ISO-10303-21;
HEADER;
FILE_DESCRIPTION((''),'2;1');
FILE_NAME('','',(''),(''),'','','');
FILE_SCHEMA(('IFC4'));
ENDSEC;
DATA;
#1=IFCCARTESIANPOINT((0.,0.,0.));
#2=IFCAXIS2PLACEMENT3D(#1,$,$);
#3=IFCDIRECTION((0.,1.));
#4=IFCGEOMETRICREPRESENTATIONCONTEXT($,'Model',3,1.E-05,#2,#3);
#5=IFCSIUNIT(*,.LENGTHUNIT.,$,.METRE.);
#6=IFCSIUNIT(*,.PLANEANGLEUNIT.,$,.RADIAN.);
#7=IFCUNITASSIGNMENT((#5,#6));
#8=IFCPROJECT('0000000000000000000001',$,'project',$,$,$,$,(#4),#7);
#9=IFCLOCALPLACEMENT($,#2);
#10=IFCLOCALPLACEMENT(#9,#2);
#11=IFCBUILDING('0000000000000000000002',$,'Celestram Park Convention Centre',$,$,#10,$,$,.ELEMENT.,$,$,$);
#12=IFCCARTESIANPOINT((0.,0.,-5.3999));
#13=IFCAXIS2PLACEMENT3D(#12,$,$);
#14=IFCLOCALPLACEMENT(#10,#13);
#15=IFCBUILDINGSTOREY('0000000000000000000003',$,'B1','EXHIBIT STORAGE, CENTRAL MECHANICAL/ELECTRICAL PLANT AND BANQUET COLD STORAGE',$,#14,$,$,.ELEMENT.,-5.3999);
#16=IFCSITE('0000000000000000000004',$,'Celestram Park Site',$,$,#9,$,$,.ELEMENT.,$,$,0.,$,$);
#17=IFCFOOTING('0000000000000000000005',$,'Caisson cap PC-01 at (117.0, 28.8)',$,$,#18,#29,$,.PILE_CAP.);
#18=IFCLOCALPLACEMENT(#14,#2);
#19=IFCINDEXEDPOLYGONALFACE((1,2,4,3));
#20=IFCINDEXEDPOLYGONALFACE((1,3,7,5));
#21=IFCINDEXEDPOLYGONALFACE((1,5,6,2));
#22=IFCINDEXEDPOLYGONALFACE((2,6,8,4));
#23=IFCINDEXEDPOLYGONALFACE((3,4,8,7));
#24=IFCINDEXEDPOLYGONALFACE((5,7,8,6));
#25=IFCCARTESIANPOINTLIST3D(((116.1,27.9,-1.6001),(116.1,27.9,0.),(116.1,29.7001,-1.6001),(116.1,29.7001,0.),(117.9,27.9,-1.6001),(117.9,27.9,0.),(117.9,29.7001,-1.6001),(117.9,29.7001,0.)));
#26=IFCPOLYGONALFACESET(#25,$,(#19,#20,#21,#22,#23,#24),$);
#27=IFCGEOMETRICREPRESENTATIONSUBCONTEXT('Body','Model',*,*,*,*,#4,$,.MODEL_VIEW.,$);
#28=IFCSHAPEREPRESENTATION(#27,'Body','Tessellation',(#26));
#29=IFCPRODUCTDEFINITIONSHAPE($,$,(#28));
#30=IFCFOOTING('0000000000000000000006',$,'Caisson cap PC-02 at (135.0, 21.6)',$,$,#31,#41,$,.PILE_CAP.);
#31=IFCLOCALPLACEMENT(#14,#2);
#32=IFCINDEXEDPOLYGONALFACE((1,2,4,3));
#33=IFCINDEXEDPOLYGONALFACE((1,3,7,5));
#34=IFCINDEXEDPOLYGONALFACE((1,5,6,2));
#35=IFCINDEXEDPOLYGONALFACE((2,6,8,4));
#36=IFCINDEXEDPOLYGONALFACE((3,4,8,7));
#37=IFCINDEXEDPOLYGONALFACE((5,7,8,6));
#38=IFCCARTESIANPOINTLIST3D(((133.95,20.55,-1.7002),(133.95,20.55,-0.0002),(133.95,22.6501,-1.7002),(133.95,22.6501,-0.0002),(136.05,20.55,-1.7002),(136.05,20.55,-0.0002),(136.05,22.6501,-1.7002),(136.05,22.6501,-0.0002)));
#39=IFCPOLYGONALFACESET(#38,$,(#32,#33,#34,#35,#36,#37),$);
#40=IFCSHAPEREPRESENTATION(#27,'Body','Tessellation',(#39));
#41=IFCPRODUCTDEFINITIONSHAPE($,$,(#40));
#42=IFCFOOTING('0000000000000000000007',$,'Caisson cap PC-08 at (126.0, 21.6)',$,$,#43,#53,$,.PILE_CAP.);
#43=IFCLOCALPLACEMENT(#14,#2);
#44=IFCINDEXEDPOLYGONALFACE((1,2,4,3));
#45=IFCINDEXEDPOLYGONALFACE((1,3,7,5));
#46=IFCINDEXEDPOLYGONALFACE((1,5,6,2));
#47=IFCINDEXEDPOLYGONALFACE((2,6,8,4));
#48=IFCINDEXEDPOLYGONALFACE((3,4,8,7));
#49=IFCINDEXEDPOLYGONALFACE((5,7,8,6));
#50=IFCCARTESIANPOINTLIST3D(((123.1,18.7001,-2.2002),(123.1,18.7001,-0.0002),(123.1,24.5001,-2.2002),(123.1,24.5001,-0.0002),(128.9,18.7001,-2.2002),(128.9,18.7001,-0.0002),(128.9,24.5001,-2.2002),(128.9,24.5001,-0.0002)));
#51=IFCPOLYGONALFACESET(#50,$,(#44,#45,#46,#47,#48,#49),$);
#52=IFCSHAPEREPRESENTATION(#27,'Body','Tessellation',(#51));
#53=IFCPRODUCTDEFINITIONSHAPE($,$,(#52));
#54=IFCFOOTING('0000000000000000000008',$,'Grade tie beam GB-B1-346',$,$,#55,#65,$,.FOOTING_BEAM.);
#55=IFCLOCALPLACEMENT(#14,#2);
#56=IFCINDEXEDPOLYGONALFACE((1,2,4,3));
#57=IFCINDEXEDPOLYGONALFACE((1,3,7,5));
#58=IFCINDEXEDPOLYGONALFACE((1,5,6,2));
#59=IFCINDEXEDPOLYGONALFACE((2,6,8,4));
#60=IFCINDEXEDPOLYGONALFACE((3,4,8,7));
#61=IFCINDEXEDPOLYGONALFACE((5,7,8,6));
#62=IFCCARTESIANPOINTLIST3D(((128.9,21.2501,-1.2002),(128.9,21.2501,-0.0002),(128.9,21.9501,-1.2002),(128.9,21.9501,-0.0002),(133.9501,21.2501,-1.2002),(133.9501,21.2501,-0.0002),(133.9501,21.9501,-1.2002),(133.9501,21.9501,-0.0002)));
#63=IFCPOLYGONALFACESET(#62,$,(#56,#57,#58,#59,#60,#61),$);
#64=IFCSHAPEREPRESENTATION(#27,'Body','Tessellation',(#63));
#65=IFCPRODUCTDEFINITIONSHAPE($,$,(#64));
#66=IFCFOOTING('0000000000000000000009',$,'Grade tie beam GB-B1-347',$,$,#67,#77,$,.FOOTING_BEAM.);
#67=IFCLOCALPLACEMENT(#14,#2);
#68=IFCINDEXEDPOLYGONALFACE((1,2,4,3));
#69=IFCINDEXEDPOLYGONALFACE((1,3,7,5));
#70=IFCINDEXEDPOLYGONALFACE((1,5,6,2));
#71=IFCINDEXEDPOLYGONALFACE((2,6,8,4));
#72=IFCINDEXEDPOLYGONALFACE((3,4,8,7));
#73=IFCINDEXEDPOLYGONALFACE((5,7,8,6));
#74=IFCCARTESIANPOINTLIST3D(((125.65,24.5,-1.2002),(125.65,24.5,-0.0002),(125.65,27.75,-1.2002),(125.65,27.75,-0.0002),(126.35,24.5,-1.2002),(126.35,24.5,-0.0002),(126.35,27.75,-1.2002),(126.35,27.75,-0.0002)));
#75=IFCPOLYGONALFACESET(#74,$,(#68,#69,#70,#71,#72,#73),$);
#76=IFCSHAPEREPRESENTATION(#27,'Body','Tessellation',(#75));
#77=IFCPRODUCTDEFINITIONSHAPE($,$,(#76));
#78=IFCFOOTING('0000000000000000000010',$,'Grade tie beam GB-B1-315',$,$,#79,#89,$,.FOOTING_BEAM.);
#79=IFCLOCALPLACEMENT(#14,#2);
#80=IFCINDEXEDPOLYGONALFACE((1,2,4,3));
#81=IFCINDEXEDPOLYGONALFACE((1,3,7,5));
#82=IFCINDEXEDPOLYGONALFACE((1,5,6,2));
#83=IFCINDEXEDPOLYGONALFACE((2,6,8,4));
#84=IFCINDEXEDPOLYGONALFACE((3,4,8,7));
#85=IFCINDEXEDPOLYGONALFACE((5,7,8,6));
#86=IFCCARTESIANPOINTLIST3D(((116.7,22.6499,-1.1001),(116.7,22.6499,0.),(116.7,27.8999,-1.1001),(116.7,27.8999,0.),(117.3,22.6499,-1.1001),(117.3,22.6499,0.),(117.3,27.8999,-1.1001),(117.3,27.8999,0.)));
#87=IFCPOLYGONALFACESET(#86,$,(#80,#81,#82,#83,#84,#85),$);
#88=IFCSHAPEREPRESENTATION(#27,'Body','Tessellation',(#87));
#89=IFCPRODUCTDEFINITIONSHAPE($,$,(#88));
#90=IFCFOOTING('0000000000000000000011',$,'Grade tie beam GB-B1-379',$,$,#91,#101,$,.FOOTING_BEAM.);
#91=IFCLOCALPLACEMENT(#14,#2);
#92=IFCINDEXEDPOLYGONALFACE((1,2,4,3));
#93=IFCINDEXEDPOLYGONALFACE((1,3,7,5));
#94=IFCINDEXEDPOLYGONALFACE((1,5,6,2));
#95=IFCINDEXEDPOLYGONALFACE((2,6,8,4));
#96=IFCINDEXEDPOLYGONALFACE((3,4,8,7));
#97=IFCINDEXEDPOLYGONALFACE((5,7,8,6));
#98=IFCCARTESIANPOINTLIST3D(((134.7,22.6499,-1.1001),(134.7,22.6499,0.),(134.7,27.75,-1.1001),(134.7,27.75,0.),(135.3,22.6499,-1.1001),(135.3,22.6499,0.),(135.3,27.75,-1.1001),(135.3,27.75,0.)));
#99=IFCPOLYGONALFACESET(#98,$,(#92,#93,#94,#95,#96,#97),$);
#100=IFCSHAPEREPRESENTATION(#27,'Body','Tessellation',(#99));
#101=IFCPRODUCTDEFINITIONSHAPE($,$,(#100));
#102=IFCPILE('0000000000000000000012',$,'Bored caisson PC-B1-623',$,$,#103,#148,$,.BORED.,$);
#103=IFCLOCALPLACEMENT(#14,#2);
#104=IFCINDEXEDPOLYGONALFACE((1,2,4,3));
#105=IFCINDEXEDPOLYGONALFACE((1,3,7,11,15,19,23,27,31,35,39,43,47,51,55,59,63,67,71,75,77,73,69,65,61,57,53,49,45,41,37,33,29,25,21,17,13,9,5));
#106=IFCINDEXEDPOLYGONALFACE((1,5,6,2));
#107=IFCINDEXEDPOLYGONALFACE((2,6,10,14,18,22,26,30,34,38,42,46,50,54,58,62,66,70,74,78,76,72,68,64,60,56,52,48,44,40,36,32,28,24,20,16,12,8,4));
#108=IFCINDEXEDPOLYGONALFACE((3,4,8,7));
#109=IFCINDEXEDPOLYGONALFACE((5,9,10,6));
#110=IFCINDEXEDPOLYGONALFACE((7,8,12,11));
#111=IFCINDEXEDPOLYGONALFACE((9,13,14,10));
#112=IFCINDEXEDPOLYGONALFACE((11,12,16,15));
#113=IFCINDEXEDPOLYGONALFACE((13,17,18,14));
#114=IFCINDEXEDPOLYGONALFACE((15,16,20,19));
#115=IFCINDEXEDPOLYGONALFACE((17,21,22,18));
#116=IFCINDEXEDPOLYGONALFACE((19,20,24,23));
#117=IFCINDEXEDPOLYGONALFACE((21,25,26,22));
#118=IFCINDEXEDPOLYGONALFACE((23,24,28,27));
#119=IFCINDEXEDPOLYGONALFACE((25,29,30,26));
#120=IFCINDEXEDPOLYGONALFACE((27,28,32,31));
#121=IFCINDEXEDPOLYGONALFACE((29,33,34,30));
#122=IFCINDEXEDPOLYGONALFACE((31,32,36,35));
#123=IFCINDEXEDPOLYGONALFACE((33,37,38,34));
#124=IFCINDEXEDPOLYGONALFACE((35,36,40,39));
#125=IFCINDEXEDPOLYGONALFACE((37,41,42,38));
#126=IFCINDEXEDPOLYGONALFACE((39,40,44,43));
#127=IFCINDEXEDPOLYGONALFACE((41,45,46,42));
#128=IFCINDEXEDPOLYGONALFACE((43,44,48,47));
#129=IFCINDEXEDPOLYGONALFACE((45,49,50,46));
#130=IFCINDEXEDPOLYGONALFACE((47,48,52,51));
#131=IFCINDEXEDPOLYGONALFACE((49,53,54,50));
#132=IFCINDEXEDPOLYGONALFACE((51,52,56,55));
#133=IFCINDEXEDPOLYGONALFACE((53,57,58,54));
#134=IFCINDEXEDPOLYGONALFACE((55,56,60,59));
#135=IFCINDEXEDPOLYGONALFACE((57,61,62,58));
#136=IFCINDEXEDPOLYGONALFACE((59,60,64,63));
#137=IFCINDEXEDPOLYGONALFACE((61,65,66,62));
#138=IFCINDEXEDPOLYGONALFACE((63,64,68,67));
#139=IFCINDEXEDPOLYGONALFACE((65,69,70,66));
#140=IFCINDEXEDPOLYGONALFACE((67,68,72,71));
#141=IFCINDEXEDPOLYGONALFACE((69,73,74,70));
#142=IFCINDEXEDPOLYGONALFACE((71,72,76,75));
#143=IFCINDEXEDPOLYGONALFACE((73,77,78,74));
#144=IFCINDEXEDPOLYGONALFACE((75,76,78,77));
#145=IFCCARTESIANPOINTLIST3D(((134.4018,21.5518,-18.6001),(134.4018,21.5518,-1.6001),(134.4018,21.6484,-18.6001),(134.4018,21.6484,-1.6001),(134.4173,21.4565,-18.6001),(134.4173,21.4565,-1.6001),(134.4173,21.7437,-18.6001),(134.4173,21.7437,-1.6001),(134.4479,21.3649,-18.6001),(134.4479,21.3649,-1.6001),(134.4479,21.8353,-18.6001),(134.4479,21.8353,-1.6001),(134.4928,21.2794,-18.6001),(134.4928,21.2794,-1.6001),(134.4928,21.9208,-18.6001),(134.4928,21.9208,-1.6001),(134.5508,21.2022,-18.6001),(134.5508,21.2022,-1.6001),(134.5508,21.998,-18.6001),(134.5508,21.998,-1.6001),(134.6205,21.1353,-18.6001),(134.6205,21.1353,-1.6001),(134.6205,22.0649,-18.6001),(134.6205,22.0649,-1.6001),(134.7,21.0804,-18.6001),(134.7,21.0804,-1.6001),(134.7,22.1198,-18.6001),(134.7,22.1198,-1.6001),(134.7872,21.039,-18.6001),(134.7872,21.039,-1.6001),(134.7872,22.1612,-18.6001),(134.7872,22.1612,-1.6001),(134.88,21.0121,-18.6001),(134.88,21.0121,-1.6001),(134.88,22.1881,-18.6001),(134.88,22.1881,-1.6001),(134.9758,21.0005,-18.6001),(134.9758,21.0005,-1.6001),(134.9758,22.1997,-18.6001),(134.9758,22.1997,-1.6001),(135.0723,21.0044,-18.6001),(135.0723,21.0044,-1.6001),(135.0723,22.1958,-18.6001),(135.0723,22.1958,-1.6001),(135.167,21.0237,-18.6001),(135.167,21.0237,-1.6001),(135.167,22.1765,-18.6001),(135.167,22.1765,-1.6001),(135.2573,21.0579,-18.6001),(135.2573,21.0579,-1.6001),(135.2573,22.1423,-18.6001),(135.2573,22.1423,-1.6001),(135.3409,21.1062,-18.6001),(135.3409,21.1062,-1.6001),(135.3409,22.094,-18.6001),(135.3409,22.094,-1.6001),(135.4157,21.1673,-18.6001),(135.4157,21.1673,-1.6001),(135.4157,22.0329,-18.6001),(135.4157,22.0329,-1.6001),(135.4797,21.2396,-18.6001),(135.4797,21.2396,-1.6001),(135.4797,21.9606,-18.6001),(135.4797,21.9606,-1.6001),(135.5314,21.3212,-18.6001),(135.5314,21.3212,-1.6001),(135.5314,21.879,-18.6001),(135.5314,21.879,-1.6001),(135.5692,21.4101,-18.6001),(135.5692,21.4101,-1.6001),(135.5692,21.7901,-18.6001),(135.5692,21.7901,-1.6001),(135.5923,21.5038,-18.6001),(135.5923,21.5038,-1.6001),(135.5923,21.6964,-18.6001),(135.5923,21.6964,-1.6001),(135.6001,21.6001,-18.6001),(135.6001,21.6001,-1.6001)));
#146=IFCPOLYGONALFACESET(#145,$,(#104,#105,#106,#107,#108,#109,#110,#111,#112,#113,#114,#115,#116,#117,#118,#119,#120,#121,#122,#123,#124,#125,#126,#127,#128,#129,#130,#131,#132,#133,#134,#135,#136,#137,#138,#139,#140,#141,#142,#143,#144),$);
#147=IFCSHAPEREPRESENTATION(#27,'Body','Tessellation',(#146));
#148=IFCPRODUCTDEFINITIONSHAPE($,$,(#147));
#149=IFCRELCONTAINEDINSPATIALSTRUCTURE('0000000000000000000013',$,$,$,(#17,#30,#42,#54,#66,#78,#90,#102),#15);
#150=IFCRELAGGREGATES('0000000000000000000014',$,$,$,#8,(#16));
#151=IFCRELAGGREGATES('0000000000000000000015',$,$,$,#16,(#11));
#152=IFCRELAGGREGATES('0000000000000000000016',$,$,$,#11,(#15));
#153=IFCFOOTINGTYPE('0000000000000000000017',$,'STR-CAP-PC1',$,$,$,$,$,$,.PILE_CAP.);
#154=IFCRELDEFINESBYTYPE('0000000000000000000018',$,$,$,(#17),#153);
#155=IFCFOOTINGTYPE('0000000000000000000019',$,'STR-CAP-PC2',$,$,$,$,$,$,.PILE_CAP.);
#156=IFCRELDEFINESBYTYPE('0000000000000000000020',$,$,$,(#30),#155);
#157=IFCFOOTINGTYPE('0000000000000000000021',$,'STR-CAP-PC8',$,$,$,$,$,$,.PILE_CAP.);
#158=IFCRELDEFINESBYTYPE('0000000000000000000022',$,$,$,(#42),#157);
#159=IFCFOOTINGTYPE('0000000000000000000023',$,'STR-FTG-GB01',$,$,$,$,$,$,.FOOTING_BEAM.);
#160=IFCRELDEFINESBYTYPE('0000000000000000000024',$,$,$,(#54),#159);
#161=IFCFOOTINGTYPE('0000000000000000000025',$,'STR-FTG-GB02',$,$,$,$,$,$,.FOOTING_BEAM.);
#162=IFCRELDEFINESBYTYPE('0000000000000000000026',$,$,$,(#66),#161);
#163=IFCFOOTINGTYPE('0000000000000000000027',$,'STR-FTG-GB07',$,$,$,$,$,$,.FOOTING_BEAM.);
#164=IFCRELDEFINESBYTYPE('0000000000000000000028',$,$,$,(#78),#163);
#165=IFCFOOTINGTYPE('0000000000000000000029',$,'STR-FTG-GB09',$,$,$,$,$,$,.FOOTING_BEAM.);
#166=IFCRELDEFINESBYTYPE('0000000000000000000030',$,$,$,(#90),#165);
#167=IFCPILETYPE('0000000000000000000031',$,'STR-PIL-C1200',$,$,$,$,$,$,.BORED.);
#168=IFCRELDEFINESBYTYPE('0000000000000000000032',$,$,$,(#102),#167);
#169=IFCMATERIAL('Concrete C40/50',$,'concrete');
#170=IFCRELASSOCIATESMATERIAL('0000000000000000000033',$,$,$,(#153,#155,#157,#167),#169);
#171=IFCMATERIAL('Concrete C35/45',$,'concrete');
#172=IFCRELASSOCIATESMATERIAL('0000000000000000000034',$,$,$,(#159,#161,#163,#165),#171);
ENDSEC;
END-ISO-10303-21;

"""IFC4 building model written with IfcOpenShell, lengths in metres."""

from ifc_helpers import new_model, si_unit, direction, frame, origin, origin_2d, place, context, subcontext, project, spatial, rectangle, circle, extrude, material, material_profile, profile_set, type_object, element, save


model = new_model("IFC4")

# Units and contexts
model_context = context("Model", 3, precision=1e-05, world=origin(), true_north=direction((0.0, 1.0)))
body_context = subcontext(model_context, "Body", "Model", "MODEL_VIEW")
ifc_project = project(units=[si_unit("LENGTHUNIT", "METRE"), si_unit("PLANEANGLEUNIT", "RADIAN")], contexts=[model_context])

# Site, building, storey
site_placement = place(None, origin())
site = spatial("IfcSite", under=ifc_project, at=site_placement, Name="Celestram Park Site", CompositionType="ELEMENT", RefElevation=0.0)
building_placement = place(site_placement, origin())
building = spatial("IfcBuilding", under=site, at=building_placement, Name="Celestram Park Convention Centre", CompositionType="ELEMENT")
storey_placement = place(building_placement, frame((0.0, 0.0, -5.3999)))
storey = spatial("IfcBuildingStorey", under=building, at=storey_placement, Name="B1", Description="EXHIBIT STORAGE, CENTRAL MECHANICAL/ELECTRICAL PLANT AND BANQUET COLD STORAGE", CompositionType="ELEMENT", Elevation=-5.3999)

# Footings
ifc_material_1 = material(Name="Concrete C40/50", Category="concrete")
footing_type_1 = type_object("IfcFootingType", Name="STR-CAP-PC1", PredefinedType="PILE_CAP", material=ifc_material_1)
footing_1_placement = place(storey_placement, frame((117.0, 28.8, -1.6001), z_axis=(0.0, 0.0, 1.0), x_axis=(1.0, 0.0, 0.0)))
element("IfcFooting", 1, at=footing_1_placement, inside=storey, type_object=footing_type_1, Name="Caisson cap PC-01 at (117.0, 28.8)", PredefinedType="PILE_CAP", context=body_context, shape_type="SweptSolid", body=[
    extrude(rectangle(XDim=1.8, YDim=1.8, at=origin_2d()), origin(), (0.0, 0.0, 1.0), 1.6001),
])
footing_type_2 = type_object("IfcFootingType", Name="STR-CAP-PC2", PredefinedType="PILE_CAP", material=ifc_material_1)
footing_2_placement = place(storey_placement, frame((135.0, 21.6001, -1.7002), z_axis=(0.0, 0.0, 1.0), x_axis=(1.0, 0.0, 0.0)))
element("IfcFooting", 2, at=footing_2_placement, inside=storey, type_object=footing_type_2, Name="Caisson cap PC-02 at (135.0, 21.6)", PredefinedType="PILE_CAP", context=body_context, shape_type="SweptSolid", body=[
    extrude(rectangle(XDim=2.1001, YDim=2.1001, at=origin_2d()), origin(), (0.0, 0.0, 1.0), 1.7),
])
footing_type_3 = type_object("IfcFootingType", Name="STR-CAP-PC8", PredefinedType="PILE_CAP", material=ifc_material_1)
footing_3_placement = place(storey_placement, frame((126.0, 21.6001, -2.2002), z_axis=(0.0, 0.0, 1.0), x_axis=(1.0, 0.0, 0.0)))
element("IfcFooting", 3, at=footing_3_placement, inside=storey, type_object=footing_type_3, Name="Caisson cap PC-08 at (126.0, 21.6)", PredefinedType="PILE_CAP", context=body_context, shape_type="SweptSolid", body=[
    extrude(rectangle(XDim=5.8, YDim=5.8, at=origin_2d()), origin(), (0.0, 0.0, 1.0), 2.2),
])
ifc_material_2 = material(Name="Concrete C35/45", Category="concrete")
footing_type_4 = type_object("IfcFootingType", Name="STR-FTG-GB01", PredefinedType="FOOTING_BEAM", material=ifc_material_2)
footing_4_placement = place(storey_placement, frame((131.425, 21.6001, -1.2002), z_axis=(0.0, 0.0, 1.0), x_axis=(1.0, 0.0, 0.0)))
element("IfcFooting", 4, at=footing_4_placement, inside=storey, type_object=footing_type_4, Name="Grade tie beam GB-B1-346", PredefinedType="FOOTING_BEAM", context=body_context, shape_type="SweptSolid", body=[
    extrude(rectangle(XDim=5.05, YDim=0.7, at=origin_2d()), origin(), (0.0, 0.0, 1.0), 1.2),
])
footing_type_5 = type_object("IfcFootingType", Name="STR-FTG-GB02", PredefinedType="FOOTING_BEAM", material=ifc_material_2)
footing_5_placement = place(storey_placement, frame((126.0, 26.125, -1.2002), z_axis=(0.0, 0.0, 1.0), x_axis=(0.0, 1.0, 0.0)))
element("IfcFooting", 5, at=footing_5_placement, inside=storey, type_object=footing_type_5, Name="Grade tie beam GB-B1-347", PredefinedType="FOOTING_BEAM", context=body_context, shape_type="SweptSolid", body=[
    extrude(rectangle(XDim=3.25, YDim=0.7, at=origin_2d()), origin(), (0.0, 0.0, 1.0), 1.2),
])
footing_type_6 = type_object("IfcFootingType", Name="STR-FTG-GB07", PredefinedType="FOOTING_BEAM", material=ifc_material_2)
footing_6_placement = place(storey_placement, frame((117.0, 25.2749, -1.1001), z_axis=(0.0, 0.0, 1.0), x_axis=(0.0, 1.0, 0.0)))
element("IfcFooting", 6, at=footing_6_placement, inside=storey, type_object=footing_type_6, Name="Grade tie beam GB-B1-315", PredefinedType="FOOTING_BEAM", context=body_context, shape_type="SweptSolid", body=[
    extrude(rectangle(XDim=5.25, YDim=0.6001, at=origin_2d()), origin(), (0.0, 0.0, 1.0), 1.1001),
])
footing_type_7 = type_object("IfcFootingType", Name="STR-FTG-GB09", PredefinedType="FOOTING_BEAM", material=ifc_material_2)
footing_7_placement = place(storey_placement, frame((135.0, 25.2, -1.1001), z_axis=(0.0, 0.0, 1.0), x_axis=(0.0, 1.0, 0.0)))
element("IfcFooting", 7, at=footing_7_placement, inside=storey, type_object=footing_type_7, Name="Grade tie beam GB-B1-379", PredefinedType="FOOTING_BEAM", context=body_context, shape_type="SweptSolid", body=[
    extrude(rectangle(XDim=5.1001, YDim=0.6001, at=origin_2d()), origin(), (0.0, 0.0, 1.0), 1.1001),
])

# Pile
ifc_material_profile_1 = material_profile(ifc_material_1, circle(Radius=0.6001, at=origin_2d()), Name="CAISSON1200")
ifc_profile_set_1 = profile_set([ifc_material_profile_1], Name="Concrete C40/50")
pile_type_1 = type_object("IfcPileType", Name="STR-PIL-C1200", PredefinedType="BORED", material=ifc_profile_set_1)
pile_1_placement = place(storey_placement, frame((135.0, 21.6001, -1.6001), z_axis=(0.0, 0.0, -1.0), x_axis=(1.0, 0.0, 0.0)))
element("IfcPile", 8, at=pile_1_placement, inside=storey, type_object=pile_type_1, Name="Bored caisson PC-B1-623", PredefinedType="BORED", context=body_context, shape_type="SweptSolid", body=[
    extrude(circle(Radius=0.6001, at=origin_2d()), origin(), (0.0, 0.0, 1.0), 17.0),
])

save(model, "model.ifc")
